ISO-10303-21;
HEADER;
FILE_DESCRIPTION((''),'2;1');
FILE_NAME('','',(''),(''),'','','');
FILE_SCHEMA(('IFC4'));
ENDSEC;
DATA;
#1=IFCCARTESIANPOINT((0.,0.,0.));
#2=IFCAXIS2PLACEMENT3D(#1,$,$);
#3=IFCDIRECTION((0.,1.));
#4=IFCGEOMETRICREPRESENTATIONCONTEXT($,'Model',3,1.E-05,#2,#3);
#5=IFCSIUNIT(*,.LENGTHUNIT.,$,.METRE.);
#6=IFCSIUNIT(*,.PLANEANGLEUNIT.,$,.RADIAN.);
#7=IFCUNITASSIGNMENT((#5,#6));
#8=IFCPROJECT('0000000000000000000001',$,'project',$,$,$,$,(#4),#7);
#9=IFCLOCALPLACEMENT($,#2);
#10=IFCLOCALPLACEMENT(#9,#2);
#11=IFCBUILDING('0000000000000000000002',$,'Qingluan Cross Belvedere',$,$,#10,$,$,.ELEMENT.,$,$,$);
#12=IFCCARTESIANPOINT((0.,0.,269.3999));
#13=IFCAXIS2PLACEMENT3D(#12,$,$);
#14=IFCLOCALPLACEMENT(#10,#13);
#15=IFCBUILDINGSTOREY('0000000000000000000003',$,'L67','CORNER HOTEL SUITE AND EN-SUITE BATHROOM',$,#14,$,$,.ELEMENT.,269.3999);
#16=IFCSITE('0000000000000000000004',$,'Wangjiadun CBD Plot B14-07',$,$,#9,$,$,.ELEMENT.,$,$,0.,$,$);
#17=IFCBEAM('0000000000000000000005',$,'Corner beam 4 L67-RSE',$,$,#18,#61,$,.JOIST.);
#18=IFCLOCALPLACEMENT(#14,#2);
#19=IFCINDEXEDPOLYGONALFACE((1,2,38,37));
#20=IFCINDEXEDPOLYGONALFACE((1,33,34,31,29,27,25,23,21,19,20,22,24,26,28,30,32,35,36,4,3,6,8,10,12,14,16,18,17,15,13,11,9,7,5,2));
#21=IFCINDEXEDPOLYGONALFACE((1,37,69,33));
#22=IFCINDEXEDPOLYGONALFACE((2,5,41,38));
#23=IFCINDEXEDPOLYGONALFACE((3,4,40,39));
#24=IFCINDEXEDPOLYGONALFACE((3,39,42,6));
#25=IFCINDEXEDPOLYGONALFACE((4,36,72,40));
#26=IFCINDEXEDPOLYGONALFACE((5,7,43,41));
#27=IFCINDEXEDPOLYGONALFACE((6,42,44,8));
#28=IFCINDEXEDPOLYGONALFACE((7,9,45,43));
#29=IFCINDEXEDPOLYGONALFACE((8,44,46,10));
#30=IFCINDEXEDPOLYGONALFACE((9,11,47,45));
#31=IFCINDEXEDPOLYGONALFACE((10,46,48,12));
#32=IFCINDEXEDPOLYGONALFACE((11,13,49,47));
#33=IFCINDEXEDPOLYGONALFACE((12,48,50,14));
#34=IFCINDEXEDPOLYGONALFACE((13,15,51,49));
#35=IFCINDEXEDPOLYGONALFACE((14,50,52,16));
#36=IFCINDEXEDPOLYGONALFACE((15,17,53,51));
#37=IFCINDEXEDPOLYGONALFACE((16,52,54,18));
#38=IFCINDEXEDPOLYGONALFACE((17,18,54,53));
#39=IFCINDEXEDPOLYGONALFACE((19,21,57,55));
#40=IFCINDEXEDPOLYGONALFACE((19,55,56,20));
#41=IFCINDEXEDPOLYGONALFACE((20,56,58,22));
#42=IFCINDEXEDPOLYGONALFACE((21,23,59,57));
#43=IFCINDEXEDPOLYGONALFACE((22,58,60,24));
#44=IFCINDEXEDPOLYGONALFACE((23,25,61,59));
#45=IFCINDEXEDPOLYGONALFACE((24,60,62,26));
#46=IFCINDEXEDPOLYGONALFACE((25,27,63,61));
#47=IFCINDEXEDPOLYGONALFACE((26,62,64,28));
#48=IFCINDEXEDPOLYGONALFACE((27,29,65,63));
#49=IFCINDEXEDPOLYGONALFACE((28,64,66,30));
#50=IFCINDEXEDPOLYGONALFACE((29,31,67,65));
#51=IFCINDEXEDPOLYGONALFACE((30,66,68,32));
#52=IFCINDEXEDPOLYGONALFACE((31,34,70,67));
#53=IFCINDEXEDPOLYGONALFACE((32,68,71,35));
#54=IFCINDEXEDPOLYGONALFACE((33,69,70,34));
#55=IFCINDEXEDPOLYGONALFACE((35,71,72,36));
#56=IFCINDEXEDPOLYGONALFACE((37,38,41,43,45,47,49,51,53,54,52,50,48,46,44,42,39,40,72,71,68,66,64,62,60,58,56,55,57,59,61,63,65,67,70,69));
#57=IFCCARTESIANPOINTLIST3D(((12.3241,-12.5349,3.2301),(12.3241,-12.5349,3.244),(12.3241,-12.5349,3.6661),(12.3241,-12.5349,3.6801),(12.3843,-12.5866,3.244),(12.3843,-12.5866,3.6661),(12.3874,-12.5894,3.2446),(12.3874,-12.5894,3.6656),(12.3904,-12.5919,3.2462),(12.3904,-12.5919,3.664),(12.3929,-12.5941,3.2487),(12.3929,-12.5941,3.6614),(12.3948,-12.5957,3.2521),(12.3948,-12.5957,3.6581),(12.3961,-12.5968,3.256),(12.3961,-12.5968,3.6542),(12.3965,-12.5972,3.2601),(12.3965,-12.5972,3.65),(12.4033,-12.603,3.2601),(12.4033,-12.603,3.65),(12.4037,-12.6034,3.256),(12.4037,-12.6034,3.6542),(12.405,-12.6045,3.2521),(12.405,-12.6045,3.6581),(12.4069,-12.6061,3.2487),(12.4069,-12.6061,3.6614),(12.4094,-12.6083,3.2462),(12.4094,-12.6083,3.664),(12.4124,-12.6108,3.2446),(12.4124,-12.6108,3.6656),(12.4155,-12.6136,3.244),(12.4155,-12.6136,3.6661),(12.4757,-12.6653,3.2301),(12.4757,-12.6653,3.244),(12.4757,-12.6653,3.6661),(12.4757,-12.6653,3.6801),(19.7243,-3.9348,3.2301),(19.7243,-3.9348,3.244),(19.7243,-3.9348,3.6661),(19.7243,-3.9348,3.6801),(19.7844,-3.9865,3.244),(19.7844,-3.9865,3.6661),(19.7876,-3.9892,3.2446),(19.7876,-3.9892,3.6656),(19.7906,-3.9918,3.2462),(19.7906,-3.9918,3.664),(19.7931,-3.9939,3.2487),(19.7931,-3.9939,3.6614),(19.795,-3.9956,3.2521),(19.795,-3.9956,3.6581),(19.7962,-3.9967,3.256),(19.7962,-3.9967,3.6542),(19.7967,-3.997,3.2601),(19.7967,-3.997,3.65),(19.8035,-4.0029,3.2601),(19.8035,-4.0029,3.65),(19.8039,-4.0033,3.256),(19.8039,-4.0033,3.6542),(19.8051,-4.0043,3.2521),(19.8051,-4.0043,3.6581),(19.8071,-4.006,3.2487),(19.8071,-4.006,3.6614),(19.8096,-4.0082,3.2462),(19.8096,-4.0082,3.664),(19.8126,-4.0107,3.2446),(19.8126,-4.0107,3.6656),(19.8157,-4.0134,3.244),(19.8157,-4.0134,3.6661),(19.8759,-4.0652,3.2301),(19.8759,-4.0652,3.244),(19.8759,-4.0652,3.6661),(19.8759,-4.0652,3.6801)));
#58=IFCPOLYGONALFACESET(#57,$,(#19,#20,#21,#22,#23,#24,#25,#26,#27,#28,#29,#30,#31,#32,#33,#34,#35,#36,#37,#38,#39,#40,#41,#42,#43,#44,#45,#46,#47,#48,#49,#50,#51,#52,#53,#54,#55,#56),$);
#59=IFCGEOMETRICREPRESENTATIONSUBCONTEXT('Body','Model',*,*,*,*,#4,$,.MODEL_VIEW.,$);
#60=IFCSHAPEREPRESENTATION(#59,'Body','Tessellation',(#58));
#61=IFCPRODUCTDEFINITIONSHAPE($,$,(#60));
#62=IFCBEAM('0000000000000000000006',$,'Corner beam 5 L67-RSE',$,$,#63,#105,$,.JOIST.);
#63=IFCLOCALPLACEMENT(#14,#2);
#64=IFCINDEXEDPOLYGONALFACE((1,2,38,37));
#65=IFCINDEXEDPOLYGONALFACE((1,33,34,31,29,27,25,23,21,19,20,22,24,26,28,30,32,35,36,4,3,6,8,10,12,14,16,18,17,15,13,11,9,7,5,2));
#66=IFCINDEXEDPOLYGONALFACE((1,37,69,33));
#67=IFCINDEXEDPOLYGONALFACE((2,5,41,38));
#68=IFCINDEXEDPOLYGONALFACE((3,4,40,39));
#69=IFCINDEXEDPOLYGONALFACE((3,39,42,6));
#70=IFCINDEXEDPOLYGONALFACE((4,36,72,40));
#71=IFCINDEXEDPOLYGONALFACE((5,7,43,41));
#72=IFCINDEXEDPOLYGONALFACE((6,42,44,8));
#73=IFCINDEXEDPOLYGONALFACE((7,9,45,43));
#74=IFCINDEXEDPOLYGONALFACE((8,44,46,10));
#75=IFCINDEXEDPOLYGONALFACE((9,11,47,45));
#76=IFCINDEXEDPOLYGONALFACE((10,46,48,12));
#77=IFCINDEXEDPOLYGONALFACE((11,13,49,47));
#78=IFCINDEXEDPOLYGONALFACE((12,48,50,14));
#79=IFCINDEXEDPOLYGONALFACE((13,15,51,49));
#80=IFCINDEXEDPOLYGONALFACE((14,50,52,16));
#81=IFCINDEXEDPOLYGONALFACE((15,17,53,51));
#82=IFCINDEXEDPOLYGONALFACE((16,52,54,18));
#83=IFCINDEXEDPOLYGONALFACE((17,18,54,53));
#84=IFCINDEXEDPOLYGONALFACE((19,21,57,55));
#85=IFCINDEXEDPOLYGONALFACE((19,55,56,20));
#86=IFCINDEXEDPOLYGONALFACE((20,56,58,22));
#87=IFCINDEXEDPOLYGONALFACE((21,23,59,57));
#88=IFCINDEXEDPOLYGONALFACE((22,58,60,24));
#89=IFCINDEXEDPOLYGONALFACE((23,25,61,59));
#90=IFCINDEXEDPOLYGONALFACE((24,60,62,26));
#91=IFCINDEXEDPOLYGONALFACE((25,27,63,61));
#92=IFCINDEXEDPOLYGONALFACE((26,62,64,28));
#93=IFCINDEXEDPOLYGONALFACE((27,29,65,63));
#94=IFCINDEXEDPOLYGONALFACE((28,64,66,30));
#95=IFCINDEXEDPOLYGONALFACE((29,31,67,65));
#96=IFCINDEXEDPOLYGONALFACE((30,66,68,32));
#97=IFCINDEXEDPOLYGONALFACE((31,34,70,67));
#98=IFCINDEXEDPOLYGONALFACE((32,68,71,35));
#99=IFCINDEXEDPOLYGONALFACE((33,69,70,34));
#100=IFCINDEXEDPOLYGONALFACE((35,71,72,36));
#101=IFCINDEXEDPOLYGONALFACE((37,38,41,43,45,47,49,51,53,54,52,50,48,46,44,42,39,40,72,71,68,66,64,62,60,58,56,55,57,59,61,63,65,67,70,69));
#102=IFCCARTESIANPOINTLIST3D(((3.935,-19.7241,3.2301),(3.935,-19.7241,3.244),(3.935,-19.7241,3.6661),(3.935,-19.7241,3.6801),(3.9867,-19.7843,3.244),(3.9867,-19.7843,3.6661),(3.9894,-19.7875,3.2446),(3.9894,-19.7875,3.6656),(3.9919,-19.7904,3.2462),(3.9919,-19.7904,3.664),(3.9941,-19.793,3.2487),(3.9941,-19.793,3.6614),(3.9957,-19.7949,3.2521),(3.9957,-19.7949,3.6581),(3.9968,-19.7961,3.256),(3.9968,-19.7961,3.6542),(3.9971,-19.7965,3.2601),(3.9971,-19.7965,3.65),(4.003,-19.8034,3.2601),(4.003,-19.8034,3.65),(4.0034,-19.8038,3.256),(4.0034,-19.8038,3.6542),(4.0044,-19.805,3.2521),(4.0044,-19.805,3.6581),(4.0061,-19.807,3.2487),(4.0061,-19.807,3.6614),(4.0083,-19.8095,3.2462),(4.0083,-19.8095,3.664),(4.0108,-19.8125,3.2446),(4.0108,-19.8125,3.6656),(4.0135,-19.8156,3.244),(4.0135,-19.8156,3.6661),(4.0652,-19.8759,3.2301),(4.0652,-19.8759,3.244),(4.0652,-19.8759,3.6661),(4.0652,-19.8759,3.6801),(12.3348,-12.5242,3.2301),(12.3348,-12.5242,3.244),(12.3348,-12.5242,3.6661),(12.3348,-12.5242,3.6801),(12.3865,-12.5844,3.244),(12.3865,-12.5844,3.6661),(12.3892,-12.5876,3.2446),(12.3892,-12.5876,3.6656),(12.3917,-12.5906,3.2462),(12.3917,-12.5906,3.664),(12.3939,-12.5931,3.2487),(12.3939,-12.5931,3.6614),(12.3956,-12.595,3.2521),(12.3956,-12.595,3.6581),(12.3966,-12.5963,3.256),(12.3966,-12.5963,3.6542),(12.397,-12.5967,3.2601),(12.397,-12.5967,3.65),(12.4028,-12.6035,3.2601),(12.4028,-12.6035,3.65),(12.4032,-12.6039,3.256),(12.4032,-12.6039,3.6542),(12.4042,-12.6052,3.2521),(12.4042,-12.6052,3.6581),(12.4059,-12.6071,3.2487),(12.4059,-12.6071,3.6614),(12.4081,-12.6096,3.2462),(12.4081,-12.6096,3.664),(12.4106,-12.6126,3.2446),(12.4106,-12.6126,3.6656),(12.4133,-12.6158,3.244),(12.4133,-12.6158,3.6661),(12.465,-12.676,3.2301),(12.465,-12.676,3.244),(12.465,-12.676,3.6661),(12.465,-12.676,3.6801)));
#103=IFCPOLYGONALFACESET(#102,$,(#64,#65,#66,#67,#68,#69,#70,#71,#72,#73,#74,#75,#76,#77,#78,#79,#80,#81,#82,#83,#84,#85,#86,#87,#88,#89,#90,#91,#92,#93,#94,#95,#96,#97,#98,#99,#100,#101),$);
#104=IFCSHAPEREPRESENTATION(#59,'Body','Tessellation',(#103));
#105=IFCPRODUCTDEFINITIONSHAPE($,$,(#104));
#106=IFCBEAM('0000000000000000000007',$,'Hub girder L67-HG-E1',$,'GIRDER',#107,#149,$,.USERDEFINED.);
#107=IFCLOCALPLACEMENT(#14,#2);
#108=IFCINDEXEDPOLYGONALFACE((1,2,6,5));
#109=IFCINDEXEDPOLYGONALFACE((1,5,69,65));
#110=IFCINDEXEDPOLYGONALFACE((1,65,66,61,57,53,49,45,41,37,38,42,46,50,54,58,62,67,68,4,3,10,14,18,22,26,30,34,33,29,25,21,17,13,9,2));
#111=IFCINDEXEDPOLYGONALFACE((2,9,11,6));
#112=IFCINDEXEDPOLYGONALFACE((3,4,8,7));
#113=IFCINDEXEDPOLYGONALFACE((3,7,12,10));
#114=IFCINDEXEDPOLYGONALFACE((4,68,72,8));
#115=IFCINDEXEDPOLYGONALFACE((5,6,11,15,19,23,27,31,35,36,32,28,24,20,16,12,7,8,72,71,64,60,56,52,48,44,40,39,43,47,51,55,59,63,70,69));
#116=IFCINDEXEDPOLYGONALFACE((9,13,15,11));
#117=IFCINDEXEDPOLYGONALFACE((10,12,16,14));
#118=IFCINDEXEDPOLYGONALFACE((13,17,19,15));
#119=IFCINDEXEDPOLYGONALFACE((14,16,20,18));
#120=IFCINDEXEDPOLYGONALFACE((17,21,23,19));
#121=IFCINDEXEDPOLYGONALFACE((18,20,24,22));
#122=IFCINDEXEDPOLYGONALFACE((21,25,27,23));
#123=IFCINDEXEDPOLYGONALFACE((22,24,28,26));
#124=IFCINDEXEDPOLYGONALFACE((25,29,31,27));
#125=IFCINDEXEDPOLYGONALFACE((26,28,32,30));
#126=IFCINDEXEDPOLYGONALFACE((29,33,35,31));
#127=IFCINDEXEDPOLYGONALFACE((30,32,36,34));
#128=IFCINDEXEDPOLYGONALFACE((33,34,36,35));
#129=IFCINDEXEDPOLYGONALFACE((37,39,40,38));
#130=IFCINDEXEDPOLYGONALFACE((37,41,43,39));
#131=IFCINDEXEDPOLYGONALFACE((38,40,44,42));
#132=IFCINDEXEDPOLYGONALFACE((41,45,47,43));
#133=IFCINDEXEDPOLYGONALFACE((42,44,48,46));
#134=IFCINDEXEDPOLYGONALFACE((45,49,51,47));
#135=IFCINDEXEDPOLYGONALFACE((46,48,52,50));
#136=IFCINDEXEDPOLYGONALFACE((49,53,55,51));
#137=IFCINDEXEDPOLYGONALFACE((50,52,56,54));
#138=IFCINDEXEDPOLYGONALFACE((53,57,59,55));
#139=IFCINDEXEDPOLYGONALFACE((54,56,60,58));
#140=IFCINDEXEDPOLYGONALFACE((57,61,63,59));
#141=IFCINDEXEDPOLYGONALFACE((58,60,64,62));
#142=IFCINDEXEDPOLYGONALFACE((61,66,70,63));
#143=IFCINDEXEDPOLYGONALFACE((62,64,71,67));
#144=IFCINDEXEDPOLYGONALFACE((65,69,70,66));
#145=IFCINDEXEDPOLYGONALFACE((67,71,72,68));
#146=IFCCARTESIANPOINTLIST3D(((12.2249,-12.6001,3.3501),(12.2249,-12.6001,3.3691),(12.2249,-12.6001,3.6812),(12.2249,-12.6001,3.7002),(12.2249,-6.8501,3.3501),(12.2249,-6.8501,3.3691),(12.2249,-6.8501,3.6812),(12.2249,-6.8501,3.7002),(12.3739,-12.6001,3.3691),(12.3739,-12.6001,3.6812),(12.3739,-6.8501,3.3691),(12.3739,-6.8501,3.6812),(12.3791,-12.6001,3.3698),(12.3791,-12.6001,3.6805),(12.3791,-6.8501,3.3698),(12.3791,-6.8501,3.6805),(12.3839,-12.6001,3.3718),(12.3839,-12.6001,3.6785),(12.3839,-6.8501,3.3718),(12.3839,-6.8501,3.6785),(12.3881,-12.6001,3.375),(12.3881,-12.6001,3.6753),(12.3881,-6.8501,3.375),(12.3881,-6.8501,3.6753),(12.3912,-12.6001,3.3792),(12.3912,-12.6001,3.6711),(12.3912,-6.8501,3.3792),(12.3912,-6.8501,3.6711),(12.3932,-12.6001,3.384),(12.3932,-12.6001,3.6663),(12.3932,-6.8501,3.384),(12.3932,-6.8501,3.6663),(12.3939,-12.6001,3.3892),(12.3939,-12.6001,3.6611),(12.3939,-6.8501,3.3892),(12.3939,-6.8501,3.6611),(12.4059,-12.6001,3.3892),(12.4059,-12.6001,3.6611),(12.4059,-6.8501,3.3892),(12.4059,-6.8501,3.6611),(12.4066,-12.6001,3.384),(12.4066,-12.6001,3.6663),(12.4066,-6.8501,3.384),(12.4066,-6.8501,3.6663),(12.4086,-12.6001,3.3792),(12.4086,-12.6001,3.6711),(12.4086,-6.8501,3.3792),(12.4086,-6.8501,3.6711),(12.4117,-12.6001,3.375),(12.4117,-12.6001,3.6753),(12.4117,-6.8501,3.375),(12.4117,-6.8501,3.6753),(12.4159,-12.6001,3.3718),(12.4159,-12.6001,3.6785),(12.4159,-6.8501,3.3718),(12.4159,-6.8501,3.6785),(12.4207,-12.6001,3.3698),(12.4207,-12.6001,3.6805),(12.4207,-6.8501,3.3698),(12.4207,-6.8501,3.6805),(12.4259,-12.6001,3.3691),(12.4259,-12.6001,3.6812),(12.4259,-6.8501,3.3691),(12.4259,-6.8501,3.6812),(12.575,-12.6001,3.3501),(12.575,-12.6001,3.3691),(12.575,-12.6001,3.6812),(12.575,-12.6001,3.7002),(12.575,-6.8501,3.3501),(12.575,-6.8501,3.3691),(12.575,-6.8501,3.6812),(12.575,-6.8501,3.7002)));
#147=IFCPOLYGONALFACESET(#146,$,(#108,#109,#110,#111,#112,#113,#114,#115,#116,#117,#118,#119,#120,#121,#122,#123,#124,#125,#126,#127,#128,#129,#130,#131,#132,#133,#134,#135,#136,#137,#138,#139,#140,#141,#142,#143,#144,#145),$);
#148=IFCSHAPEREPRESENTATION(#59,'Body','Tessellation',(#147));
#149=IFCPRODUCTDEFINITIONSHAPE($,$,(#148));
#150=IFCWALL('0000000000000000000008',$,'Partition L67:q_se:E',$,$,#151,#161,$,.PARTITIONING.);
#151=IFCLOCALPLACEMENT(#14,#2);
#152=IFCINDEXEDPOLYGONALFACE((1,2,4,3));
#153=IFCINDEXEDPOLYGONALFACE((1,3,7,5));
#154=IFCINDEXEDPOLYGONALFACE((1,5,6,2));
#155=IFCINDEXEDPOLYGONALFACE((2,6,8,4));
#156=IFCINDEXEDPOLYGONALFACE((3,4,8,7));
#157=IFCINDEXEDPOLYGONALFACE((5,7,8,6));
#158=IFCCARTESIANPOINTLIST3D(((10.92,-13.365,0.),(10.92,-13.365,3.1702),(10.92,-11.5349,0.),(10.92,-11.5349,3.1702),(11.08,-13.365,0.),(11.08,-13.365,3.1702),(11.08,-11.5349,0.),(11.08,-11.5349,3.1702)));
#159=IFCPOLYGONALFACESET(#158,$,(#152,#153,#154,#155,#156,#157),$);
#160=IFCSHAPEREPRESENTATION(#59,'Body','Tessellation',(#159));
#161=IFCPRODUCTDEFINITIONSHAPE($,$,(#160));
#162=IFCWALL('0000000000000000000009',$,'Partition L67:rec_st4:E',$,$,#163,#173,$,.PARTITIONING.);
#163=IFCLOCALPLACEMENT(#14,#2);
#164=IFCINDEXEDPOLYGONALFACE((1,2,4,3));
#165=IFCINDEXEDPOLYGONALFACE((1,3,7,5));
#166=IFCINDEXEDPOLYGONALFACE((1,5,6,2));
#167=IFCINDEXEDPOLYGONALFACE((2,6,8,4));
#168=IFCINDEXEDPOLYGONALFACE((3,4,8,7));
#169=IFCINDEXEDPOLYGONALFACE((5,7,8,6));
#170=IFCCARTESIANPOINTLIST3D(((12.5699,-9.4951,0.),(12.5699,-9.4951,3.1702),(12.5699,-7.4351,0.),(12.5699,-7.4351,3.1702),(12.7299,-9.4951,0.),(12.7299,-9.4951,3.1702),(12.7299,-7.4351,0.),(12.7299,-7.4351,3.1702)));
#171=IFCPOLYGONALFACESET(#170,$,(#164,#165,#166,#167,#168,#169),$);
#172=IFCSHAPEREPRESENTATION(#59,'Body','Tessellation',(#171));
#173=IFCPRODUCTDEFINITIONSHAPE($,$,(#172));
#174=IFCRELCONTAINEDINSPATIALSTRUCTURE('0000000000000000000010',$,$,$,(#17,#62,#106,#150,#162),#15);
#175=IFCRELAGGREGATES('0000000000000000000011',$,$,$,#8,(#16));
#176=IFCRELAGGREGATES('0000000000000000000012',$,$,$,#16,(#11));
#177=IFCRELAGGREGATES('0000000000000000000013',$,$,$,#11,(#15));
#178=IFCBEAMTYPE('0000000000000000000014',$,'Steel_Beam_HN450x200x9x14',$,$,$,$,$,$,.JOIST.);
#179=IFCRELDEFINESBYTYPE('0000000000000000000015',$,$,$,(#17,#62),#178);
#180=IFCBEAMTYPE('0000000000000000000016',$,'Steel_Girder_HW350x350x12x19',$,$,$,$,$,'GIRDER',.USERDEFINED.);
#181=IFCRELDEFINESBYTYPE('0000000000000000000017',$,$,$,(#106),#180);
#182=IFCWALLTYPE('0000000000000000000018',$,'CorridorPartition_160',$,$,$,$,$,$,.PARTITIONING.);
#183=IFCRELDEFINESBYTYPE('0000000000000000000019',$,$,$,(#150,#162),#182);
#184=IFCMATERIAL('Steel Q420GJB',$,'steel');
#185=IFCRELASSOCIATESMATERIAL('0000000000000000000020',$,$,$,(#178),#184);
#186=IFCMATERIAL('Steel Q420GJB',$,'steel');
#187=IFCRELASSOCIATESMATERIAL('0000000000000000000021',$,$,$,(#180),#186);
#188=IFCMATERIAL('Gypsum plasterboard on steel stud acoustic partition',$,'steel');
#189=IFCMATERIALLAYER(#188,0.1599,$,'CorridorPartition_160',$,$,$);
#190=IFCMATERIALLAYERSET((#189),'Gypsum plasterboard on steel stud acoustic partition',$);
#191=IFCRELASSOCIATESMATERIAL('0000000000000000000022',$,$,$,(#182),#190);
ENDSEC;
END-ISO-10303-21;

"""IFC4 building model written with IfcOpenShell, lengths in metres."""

from ifc_helpers import new_model, si_unit, direction, frame, frame_2d, origin, origin_2d, place, context, subcontext, project, spatial, rectangle, i_section, extrude, material, layer, layer_set, material_profile, profile_set, type_object, element, save


model = new_model("IFC4")

# Units and contexts
model_context = context("Model", 3, precision=1e-05, world=origin(), true_north=direction((0.0, 1.0)))
body_context = subcontext(model_context, "Body", "Model", "MODEL_VIEW")
ifc_project = project(units=[si_unit("LENGTHUNIT", "METRE"), si_unit("PLANEANGLEUNIT", "RADIAN")], contexts=[model_context])

# Site, building, storey
site_placement = place(None, origin())
site = spatial("IfcSite", under=ifc_project, at=site_placement, Name="Wangjiadun CBD Plot B14-07", CompositionType="ELEMENT", RefElevation=0.0)
building_placement = place(site_placement, origin())
building = spatial("IfcBuilding", under=site, at=building_placement, Name="Qingluan Cross Belvedere", CompositionType="ELEMENT")
storey_placement = place(building_placement, frame((0.0, 0.0, 269.3999)))
storey = spatial("IfcBuildingStorey", under=building, at=storey_placement, Name="L67", Description="CORNER HOTEL SUITE AND EN-SUITE BATHROOM", CompositionType="ELEMENT", Elevation=269.3999)

# Beams
ifc_material_1 = material(Name="Steel Q420GJB", Category="steel")
ifc_material_profile_1 = material_profile(ifc_material_1, i_section(OverallWidth=0.2, OverallDepth=0.45, WebThickness=0.009, FlangeThickness=0.0139, FilletRadius=0.0161, at=origin_2d()), Name="HN450x200x9x14")
ifc_profile_set_1 = profile_set([ifc_material_profile_1], Name="Steel Q420GJB")
beam_type_1 = type_object("IfcBeamType", Name="Steel_Beam_HN450x200x9x14", PredefinedType="JOIST", material=ifc_profile_set_1)
beam_1_placement = place(storey_placement, frame((12.3999, -12.6001, 3.4551), z_axis=(0.652245, 0.758008, 0.0), x_axis=(-0.758008, 0.652245, 0.0)))
element("IfcBeam", 1, at=beam_1_placement, inside=storey, type_object=beam_type_1, Name="Corner beam 4 L67-RSE", PredefinedType="JOIST", context=body_context, shape_type="SweptSolid", body=[
    extrude(i_section(OverallWidth=0.2, OverallDepth=0.45, WebThickness=0.009, FlangeThickness=0.0139, FilletRadius=0.0161, at=origin_2d()), origin(), (0.0, 0.0, 1.0), 11.3457),
])
beam_2_placement = place(storey_placement, frame((12.3999, -12.6001, 3.4551), z_axis=(-0.759255, -0.650793, 0.0), x_axis=(0.650793, -0.759255, 0.0)))
element("IfcBeam", 2, at=beam_2_placement, inside=storey, type_object=beam_type_1, Name="Corner beam 5 L67-RSE", PredefinedType="JOIST", context=body_context, shape_type="SweptSolid", body=[
    extrude(i_section(OverallWidth=0.2, OverallDepth=0.45, WebThickness=0.009, FlangeThickness=0.0139, FilletRadius=0.0161, at=origin_2d()), origin(), (0.0, 0.0, 1.0), 11.0632),
])
ifc_material_2 = material(Name="Steel Q420GJB", Category="steel")
ifc_material_profile_2 = material_profile(ifc_material_2, i_section(OverallWidth=0.3501, OverallDepth=0.3501, WebThickness=0.012, FlangeThickness=0.019, FilletRadius=0.02, at=origin_2d()), Name="HW350x350x12x19")
ifc_profile_set_2 = profile_set([ifc_material_profile_2], Name="Steel Q420GJB")
beam_type_2 = type_object("IfcBeamType", Name="Steel_Girder_HW350x350x12x19", ElementType="GIRDER", PredefinedType="USERDEFINED", material=ifc_profile_set_2)
beam_3_placement = place(storey_placement, frame((12.3999, -12.6001, 3.5251), z_axis=(0.0, 1.0, 0.0), x_axis=(-1.0, 0.0, 0.0)))
element("IfcBeam", 3, at=beam_3_placement, inside=storey, type_object=beam_type_2, Name="Hub girder L67-HG-E1", ObjectType="GIRDER", PredefinedType="USERDEFINED", context=body_context, shape_type="SweptSolid", body=[
    extrude(i_section(OverallWidth=0.3501, OverallDepth=0.3501, WebThickness=0.012, FlangeThickness=0.019, FilletRadius=0.02, at=origin_2d()), origin(), (0.0, 0.0, 1.0), 5.75),
])

# Walls
ifc_material_3 = material(Name="Gypsum plasterboard on steel stud acoustic partition", Category="steel")
ifc_layer_1 = layer(ifc_material_3, 0.1599, Name="CorridorPartition_160")
ifc_layer_set_1 = layer_set([ifc_layer_1], Name="Gypsum plasterboard on steel stud acoustic partition")
wall_type_1 = type_object("IfcWallType", Name="CorridorPartition_160", PredefinedType="PARTITIONING", material=ifc_layer_set_1)
wall_1_placement = place(storey_placement, frame((11.0, -13.365, 0.0), z_axis=(0.0, 0.0, 1.0), x_axis=(0.0, 1.0, 0.0)))
element("IfcWall", 4, at=wall_1_placement, inside=storey, type_object=wall_type_1, Name="Partition L67:q_se:E", PredefinedType="PARTITIONING", context=body_context, shape_type="SweptSolid", body=[
    extrude(rectangle(XDim=1.8301, YDim=0.1599, at=frame_2d((0.915, 0.0))), origin(), (0.0, 0.0, 1.0), 3.1702),
])
wall_2_placement = place(storey_placement, frame((12.6499, -9.4951, 0.0), z_axis=(0.0, 0.0, 1.0), x_axis=(0.0, 1.0, 0.0)))
element("IfcWall", 5, at=wall_2_placement, inside=storey, type_object=wall_type_1, Name="Partition L67:rec_st4:E", PredefinedType="PARTITIONING", context=body_context, shape_type="SweptSolid", body=[
    extrude(rectangle(XDim=2.0601, YDim=0.1599, at=frame_2d((1.03, 0.0))), origin(), (0.0, 0.0, 1.0), 3.1702),
])

save(model, "model.ifc")
